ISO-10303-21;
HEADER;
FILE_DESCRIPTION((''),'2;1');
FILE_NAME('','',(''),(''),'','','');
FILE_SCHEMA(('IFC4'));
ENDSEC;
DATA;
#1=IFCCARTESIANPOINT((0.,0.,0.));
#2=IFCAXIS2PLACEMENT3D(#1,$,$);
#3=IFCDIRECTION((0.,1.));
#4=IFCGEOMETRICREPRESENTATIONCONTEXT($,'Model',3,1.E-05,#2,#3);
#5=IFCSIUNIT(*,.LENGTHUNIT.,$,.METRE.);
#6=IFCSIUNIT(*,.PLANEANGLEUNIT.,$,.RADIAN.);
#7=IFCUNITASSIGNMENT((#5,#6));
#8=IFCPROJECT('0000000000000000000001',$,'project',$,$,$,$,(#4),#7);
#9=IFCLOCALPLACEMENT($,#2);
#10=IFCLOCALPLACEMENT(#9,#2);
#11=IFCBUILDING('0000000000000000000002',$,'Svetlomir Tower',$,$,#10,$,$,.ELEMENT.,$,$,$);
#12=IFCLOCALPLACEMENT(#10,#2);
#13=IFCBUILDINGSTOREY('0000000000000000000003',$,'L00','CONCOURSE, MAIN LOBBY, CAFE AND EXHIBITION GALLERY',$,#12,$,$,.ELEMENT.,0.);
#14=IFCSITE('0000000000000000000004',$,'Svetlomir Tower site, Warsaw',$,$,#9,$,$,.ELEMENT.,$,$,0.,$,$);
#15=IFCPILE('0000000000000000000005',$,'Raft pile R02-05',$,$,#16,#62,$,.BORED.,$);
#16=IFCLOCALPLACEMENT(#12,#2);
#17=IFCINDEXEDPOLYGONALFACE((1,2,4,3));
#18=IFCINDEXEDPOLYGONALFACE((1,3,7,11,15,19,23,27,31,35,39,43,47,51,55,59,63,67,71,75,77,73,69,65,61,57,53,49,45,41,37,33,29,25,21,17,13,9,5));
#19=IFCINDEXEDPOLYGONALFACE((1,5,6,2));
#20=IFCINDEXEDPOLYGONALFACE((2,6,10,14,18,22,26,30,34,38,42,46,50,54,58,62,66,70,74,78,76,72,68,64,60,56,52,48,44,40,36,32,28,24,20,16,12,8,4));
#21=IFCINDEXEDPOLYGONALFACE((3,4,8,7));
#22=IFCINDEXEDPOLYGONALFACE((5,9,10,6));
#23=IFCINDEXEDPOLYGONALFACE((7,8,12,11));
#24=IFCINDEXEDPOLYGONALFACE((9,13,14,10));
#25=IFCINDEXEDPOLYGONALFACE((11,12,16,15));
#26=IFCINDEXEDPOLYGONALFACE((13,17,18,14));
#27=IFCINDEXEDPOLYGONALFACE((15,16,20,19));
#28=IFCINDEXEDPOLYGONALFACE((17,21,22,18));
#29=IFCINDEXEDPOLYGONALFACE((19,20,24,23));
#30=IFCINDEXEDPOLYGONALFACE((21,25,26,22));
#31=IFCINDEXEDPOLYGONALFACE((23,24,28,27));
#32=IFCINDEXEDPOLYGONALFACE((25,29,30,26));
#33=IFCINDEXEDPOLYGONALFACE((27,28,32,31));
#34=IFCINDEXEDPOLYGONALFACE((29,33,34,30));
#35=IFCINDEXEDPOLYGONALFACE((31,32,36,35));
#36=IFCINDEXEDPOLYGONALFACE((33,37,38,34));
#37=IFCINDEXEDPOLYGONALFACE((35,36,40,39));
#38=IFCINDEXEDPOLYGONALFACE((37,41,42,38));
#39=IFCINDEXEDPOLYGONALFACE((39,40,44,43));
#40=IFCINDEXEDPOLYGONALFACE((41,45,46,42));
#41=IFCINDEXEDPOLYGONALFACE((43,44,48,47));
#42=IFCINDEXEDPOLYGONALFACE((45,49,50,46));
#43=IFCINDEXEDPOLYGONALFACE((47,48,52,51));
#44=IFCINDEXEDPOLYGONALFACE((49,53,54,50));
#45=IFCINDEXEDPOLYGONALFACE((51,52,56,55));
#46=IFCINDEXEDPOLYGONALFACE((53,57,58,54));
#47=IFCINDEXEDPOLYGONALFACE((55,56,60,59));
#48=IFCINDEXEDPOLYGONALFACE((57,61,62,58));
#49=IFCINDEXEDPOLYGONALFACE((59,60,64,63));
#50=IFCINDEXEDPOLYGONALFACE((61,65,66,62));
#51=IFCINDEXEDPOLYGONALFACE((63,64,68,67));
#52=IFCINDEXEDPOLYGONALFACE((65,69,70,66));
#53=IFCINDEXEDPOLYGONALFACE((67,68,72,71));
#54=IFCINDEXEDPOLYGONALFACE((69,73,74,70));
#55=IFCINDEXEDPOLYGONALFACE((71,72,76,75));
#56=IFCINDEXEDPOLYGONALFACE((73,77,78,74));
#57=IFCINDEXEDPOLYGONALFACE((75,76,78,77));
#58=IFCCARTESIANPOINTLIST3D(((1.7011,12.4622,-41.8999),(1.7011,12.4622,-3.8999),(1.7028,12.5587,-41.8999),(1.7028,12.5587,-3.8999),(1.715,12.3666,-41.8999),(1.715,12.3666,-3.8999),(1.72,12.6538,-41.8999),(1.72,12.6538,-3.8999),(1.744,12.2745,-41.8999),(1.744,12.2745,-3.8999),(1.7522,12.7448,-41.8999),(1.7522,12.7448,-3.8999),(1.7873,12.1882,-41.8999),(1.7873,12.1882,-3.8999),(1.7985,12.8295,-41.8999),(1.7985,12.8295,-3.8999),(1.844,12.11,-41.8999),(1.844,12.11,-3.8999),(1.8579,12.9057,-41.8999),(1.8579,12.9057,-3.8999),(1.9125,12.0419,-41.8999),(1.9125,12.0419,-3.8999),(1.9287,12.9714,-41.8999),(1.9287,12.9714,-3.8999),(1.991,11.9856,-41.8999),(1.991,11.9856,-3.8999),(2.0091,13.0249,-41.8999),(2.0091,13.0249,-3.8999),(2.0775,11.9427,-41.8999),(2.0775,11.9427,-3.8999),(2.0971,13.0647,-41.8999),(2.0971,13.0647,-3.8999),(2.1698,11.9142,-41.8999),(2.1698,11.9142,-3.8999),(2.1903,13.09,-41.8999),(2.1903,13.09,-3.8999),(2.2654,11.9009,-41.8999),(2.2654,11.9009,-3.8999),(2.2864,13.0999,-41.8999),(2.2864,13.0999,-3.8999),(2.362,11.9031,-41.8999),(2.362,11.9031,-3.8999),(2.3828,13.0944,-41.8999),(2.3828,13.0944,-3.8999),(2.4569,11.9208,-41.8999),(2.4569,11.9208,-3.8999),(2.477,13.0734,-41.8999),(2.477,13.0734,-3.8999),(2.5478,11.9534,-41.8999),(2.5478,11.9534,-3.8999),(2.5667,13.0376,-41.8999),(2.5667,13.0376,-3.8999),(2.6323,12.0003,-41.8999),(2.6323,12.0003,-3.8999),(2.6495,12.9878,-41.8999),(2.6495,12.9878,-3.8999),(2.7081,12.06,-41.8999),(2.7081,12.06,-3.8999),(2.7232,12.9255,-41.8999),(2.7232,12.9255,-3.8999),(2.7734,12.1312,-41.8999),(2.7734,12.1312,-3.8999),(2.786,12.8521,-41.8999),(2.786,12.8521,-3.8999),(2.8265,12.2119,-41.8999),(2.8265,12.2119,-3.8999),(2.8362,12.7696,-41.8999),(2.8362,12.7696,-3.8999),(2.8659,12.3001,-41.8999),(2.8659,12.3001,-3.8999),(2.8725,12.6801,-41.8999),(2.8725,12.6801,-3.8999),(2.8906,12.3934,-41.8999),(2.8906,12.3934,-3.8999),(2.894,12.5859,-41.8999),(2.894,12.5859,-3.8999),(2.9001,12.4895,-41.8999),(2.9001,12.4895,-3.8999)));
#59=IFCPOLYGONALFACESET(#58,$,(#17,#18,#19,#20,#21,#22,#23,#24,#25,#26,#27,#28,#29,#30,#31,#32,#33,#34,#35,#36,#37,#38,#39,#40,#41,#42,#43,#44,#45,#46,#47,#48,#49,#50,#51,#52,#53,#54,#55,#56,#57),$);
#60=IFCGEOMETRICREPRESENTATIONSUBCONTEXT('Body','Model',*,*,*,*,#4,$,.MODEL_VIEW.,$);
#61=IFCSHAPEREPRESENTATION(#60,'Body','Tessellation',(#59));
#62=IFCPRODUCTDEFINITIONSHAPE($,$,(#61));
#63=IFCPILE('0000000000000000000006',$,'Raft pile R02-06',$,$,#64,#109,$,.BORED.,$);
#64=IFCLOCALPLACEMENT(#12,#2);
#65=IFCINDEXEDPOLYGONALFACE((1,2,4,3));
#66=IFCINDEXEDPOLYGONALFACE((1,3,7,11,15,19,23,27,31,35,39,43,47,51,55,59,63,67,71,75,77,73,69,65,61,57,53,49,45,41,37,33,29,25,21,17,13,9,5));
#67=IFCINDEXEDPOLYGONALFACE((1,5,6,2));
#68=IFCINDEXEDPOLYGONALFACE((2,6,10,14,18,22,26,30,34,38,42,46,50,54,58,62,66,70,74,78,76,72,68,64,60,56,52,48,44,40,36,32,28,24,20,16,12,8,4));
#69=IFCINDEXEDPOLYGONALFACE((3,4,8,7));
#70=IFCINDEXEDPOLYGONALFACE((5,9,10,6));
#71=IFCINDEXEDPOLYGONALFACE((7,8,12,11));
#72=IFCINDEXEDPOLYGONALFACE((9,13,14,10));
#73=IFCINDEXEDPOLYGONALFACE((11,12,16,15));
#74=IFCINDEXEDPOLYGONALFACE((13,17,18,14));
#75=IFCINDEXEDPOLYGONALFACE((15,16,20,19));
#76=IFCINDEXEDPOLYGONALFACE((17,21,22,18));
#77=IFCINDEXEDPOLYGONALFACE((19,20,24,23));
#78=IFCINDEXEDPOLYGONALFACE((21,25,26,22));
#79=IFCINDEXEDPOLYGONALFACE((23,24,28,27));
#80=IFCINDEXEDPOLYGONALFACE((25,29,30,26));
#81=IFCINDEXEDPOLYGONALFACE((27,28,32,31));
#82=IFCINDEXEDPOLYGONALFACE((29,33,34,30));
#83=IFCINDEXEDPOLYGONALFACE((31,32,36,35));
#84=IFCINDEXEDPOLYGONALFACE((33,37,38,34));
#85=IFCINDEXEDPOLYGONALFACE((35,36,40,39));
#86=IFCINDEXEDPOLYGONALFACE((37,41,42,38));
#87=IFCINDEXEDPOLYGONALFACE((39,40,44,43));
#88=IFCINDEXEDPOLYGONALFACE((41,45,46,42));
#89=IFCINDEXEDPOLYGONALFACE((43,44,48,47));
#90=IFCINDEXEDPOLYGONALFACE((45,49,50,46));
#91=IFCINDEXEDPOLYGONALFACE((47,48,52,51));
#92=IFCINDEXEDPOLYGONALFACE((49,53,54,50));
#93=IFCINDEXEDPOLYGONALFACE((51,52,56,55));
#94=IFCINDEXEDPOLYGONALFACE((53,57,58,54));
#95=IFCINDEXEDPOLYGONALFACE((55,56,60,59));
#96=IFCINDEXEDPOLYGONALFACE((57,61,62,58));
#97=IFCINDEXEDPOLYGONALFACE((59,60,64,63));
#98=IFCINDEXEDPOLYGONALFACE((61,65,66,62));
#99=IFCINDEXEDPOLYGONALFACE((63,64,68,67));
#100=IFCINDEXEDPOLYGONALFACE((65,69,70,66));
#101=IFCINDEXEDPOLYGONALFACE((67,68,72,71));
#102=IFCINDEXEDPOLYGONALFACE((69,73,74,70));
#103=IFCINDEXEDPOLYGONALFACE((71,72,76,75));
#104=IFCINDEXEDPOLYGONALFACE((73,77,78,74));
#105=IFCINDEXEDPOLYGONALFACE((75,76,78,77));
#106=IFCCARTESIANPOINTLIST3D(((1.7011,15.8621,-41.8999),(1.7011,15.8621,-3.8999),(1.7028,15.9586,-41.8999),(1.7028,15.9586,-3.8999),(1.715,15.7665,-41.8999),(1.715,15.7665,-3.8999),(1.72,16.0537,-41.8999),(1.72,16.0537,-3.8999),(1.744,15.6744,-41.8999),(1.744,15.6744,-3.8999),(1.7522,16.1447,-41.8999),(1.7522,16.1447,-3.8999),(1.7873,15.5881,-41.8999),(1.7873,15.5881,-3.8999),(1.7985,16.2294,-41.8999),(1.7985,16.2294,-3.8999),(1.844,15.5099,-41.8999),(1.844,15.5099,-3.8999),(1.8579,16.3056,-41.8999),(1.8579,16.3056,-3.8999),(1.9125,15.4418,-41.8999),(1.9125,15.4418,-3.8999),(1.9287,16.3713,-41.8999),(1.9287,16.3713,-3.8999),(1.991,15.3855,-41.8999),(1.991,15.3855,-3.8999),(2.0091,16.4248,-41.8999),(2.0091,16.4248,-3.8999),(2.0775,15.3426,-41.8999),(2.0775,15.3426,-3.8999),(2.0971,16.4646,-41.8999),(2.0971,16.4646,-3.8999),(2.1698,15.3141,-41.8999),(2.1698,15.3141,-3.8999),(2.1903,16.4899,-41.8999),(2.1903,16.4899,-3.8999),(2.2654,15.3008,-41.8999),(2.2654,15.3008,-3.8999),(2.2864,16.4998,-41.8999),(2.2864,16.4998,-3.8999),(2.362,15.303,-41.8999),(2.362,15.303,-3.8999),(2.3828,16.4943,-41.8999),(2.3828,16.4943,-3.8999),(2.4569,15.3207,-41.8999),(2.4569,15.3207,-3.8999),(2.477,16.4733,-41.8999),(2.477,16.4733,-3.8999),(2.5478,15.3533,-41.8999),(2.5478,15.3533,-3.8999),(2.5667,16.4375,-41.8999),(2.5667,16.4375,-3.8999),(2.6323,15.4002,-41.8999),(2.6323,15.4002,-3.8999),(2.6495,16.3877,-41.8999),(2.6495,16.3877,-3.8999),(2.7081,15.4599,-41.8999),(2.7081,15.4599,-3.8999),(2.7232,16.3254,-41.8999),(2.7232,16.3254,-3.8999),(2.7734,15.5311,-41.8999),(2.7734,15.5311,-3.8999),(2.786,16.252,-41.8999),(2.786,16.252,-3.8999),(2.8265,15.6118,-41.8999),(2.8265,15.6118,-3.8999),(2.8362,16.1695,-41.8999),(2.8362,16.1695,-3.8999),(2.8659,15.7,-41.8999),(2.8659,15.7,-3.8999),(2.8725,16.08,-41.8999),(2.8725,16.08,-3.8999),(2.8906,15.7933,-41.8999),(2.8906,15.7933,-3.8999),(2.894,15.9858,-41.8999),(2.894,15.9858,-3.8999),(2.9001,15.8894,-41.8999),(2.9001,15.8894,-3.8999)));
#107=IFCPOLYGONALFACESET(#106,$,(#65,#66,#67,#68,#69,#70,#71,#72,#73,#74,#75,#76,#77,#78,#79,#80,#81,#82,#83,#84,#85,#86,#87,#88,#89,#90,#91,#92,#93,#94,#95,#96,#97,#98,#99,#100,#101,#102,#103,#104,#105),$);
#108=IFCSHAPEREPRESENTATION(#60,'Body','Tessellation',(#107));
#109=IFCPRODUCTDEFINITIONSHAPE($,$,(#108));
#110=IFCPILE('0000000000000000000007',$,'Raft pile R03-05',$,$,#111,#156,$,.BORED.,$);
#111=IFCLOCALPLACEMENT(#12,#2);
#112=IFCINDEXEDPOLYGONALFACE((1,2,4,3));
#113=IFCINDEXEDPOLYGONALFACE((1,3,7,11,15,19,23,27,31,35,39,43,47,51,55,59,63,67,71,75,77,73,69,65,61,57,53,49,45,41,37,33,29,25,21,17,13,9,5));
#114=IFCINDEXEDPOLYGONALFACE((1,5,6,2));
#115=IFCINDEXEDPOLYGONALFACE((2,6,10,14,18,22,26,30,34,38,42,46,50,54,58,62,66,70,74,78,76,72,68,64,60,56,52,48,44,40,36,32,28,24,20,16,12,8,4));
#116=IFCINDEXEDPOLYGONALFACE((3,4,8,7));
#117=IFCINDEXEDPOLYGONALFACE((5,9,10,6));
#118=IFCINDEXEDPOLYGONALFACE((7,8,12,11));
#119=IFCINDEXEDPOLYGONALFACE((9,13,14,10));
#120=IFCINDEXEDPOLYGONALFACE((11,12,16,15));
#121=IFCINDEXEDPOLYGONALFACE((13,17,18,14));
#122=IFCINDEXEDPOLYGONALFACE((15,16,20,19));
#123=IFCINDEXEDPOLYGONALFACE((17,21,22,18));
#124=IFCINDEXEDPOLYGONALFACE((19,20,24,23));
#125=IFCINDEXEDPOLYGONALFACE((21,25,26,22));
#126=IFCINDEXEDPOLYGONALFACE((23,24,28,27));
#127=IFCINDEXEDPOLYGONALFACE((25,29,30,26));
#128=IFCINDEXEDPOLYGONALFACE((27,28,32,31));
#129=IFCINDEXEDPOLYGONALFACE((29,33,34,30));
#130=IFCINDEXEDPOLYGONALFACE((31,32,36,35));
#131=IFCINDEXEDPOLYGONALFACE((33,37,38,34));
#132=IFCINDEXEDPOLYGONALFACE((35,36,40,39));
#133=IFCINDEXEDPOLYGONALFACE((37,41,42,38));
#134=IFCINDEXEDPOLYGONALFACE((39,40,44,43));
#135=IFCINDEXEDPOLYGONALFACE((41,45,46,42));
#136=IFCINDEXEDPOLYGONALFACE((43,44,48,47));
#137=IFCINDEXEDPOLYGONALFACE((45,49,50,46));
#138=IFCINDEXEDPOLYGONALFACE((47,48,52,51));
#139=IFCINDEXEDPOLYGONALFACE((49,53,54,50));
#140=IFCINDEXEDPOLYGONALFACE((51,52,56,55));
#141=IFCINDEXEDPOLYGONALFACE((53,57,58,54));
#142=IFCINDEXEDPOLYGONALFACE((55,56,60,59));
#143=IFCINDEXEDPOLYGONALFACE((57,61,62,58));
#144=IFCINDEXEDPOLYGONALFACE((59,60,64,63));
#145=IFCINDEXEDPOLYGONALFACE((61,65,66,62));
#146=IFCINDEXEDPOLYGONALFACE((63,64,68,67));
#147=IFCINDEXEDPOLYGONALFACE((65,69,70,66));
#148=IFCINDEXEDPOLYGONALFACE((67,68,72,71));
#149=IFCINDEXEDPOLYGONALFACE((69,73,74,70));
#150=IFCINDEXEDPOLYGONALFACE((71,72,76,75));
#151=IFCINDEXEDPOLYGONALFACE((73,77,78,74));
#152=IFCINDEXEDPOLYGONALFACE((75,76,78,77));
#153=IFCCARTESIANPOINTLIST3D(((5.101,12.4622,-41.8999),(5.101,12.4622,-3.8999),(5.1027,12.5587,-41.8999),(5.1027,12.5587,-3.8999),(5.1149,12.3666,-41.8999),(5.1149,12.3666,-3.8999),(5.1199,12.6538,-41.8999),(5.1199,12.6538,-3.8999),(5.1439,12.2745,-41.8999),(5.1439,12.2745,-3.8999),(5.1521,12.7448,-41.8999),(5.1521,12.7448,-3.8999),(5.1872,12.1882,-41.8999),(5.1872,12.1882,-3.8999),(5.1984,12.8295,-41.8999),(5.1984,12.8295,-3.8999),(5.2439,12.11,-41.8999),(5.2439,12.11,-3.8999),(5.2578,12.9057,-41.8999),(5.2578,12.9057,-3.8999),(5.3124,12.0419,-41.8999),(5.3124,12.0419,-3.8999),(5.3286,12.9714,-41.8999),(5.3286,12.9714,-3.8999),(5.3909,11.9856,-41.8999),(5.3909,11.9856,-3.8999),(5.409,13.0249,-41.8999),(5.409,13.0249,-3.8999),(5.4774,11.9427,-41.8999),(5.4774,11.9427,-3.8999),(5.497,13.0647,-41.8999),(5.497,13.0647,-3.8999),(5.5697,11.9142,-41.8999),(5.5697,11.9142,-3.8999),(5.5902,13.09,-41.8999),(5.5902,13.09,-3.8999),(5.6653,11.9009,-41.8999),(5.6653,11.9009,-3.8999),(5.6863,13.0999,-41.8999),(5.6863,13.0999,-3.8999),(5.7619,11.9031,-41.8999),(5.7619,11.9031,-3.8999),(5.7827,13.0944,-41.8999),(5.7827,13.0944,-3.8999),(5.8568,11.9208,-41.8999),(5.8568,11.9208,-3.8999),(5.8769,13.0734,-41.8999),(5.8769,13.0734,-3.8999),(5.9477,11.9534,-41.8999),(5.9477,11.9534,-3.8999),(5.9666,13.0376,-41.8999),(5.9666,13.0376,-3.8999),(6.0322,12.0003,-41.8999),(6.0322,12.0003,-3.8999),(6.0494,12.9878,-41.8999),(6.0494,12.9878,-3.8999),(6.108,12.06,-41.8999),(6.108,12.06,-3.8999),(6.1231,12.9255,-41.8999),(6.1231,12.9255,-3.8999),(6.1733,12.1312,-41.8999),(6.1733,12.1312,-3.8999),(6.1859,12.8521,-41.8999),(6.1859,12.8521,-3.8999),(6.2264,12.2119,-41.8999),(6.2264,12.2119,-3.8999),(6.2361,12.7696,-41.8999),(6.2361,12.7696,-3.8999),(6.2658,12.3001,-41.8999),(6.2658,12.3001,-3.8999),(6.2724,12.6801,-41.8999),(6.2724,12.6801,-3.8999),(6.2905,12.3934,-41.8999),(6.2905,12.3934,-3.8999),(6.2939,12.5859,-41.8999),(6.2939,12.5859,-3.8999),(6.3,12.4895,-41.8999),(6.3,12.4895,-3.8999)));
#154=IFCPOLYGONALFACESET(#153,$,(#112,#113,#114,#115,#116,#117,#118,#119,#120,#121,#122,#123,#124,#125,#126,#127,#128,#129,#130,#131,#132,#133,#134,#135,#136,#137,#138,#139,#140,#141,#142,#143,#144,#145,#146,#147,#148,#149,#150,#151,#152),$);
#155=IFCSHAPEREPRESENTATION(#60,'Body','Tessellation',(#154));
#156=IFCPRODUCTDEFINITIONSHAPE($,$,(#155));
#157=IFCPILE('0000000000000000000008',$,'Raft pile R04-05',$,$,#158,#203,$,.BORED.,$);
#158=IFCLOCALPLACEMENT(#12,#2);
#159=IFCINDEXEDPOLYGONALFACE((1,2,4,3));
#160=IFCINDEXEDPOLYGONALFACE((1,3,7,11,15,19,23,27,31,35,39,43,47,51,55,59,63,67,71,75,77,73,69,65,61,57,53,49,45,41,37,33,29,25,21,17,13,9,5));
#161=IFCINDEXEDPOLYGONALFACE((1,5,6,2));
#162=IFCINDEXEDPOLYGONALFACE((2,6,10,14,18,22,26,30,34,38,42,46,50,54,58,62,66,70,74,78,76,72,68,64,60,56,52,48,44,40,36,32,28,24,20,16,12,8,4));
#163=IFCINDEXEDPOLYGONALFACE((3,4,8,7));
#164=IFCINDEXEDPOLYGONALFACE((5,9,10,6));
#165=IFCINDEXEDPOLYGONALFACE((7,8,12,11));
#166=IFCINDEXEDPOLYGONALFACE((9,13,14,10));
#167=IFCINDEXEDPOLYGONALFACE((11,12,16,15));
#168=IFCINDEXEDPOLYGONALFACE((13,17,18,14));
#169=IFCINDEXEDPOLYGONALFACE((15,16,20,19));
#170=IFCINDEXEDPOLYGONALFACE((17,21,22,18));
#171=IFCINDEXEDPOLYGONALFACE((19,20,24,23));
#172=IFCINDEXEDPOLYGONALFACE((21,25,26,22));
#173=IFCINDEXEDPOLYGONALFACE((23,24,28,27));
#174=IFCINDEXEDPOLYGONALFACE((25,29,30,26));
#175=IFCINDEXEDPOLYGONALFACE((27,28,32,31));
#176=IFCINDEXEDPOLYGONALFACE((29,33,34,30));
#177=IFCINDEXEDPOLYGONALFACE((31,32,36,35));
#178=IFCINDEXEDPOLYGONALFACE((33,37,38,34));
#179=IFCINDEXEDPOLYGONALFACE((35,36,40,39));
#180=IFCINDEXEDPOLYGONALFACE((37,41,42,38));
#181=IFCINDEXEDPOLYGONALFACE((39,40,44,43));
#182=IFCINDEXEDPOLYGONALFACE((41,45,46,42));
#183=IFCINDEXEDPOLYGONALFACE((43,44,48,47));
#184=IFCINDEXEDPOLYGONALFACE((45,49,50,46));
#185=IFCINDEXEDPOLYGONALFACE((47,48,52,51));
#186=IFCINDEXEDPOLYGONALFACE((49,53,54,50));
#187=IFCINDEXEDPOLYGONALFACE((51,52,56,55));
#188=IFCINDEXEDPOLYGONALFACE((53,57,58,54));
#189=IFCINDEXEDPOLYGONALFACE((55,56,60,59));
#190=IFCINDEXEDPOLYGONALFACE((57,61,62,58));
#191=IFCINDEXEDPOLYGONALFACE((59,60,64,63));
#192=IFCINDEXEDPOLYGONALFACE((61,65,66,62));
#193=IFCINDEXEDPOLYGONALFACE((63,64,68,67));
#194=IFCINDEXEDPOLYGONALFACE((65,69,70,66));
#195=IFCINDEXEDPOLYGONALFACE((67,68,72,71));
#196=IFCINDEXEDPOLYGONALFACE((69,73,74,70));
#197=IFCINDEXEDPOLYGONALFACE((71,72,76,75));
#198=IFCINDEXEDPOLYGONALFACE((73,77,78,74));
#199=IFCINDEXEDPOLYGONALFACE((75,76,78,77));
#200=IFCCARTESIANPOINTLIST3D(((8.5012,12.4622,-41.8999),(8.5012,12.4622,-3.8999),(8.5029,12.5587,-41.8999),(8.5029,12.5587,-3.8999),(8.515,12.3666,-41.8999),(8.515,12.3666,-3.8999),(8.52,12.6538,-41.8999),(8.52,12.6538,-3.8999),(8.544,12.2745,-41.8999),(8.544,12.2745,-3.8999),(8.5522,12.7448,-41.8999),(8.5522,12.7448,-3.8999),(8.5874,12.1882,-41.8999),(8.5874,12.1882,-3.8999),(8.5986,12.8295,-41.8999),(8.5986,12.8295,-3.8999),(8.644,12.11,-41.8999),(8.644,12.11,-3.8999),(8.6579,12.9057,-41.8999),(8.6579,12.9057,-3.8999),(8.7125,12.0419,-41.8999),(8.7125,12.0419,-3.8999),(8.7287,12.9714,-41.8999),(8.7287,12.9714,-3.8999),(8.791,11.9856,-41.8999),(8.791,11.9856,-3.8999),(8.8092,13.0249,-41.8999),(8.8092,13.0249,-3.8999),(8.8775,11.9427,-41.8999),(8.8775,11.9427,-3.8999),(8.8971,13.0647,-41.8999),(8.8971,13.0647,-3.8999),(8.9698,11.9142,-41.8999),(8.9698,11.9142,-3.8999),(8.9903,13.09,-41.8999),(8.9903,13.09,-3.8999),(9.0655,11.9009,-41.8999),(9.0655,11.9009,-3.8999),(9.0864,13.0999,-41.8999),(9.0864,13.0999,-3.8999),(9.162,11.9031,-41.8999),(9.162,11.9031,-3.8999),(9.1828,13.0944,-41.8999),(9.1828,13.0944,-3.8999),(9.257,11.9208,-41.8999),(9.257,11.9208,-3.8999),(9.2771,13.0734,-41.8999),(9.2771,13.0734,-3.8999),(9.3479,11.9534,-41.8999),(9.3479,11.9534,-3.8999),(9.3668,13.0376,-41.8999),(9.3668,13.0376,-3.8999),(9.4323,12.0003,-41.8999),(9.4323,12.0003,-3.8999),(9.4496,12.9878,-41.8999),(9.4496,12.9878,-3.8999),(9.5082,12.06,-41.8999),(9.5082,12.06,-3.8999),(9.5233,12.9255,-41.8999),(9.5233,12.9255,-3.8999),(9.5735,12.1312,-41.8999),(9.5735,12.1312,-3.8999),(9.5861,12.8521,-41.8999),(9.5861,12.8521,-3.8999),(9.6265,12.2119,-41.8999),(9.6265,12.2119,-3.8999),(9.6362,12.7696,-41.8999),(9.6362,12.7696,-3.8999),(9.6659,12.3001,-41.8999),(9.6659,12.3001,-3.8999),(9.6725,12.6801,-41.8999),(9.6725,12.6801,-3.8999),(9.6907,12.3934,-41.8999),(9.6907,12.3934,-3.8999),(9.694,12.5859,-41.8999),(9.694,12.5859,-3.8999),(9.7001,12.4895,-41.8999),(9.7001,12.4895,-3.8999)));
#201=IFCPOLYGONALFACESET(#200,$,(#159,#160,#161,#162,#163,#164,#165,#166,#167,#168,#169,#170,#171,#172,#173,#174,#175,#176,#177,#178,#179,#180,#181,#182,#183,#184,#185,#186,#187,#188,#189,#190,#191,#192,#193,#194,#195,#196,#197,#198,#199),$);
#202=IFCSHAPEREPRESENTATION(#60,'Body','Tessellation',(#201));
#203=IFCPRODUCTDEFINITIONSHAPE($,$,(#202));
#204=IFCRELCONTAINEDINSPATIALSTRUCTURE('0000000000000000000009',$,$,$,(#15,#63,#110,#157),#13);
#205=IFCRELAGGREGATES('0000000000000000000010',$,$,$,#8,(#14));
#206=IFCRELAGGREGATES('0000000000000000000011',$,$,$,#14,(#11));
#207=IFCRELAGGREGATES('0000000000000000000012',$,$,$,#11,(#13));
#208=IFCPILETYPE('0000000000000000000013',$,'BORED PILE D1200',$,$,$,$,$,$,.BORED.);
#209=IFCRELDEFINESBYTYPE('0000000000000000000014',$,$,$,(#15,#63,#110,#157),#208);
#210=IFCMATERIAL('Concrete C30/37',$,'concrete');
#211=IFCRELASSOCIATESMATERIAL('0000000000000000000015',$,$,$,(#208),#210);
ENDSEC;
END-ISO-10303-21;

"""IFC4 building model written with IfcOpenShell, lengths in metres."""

from ifc_helpers import new_model, si_unit, direction, frame, frame_2d, origin, origin_2d, place, context, subcontext, project, spatial, circle, extrude, material, material_profile, profile_set, type_object, element, save


model = new_model("IFC4")

# Units and contexts
model_context = context("Model", 3, precision=1e-05, world=origin(), true_north=direction((0.0, 1.0)))
body_context = subcontext(model_context, "Body", "Model", "MODEL_VIEW")
ifc_project = project(units=[si_unit("LENGTHUNIT", "METRE"), si_unit("PLANEANGLEUNIT", "RADIAN")], contexts=[model_context])

# Site, building, storey
site_placement = place(None, origin())
site = spatial("IfcSite", under=ifc_project, at=site_placement, Name="Svetlomir Tower site, Warsaw", CompositionType="ELEMENT", RefElevation=0.0)
building_placement = place(site_placement, origin())
building = spatial("IfcBuilding", under=site, at=building_placement, Name="Svetlomir Tower", CompositionType="ELEMENT")
storey_placement = place(building_placement, origin())
storey = spatial("IfcBuildingStorey", under=building, at=storey_placement, Name="L00", Description="CONCOURSE, MAIN LOBBY, CAFE AND EXHIBITION GALLERY", CompositionType="ELEMENT", Elevation=0.0)

# Piles
ifc_material_1 = material(Name="Concrete C30/37", Category="concrete")
ifc_material_profile = material_profile(ifc_material_1, circle(Radius=0.6001, at=origin_2d()), Name="D1200")
ifc_profile_set = profile_set([ifc_material_profile], Name="Concrete C30/37")
pile_type = type_object("IfcPileType", Name="BORED PILE D1200", PredefinedType="BORED", material=ifc_profile_set)
for number, where, z_axis, x_axis, name in (
    (1, (2.3, 12.5, -3.8999), (0.0, 0.0, -1.0), (1.0, 0.0, 0.0), "Raft pile R02-05"),
    (2, (2.3, 15.8999, -3.8999), (0.0, 0.0, -1.0), (1.0, 0.0, 0.0), "Raft pile R02-06"),
    (3, (5.7, 12.5, -3.8999), (0.0, 0.0, -1.0), (1.0, 0.0, 0.0), "Raft pile R03-05"),
    (4, (9.1001, 12.5, -3.8999), (0.0, 0.0, -1.0), (1.0, 0.0, 0.0), "Raft pile R04-05"),
):
    element("IfcPile", number, at=place(storey_placement, frame(where, z_axis=z_axis, x_axis=x_axis)), inside=storey, type_object=pile_type, Name=name, PredefinedType="BORED", context=body_context, shape_type="SweptSolid", body=[
        extrude(circle(Radius=0.6001, at=frame_2d((0.0, 0.0), x_axis=(0.999848, 0.017452))), origin(), (0.0, 0.0, 1.0), 38.0),
    ])

save(model, "model.ifc")
